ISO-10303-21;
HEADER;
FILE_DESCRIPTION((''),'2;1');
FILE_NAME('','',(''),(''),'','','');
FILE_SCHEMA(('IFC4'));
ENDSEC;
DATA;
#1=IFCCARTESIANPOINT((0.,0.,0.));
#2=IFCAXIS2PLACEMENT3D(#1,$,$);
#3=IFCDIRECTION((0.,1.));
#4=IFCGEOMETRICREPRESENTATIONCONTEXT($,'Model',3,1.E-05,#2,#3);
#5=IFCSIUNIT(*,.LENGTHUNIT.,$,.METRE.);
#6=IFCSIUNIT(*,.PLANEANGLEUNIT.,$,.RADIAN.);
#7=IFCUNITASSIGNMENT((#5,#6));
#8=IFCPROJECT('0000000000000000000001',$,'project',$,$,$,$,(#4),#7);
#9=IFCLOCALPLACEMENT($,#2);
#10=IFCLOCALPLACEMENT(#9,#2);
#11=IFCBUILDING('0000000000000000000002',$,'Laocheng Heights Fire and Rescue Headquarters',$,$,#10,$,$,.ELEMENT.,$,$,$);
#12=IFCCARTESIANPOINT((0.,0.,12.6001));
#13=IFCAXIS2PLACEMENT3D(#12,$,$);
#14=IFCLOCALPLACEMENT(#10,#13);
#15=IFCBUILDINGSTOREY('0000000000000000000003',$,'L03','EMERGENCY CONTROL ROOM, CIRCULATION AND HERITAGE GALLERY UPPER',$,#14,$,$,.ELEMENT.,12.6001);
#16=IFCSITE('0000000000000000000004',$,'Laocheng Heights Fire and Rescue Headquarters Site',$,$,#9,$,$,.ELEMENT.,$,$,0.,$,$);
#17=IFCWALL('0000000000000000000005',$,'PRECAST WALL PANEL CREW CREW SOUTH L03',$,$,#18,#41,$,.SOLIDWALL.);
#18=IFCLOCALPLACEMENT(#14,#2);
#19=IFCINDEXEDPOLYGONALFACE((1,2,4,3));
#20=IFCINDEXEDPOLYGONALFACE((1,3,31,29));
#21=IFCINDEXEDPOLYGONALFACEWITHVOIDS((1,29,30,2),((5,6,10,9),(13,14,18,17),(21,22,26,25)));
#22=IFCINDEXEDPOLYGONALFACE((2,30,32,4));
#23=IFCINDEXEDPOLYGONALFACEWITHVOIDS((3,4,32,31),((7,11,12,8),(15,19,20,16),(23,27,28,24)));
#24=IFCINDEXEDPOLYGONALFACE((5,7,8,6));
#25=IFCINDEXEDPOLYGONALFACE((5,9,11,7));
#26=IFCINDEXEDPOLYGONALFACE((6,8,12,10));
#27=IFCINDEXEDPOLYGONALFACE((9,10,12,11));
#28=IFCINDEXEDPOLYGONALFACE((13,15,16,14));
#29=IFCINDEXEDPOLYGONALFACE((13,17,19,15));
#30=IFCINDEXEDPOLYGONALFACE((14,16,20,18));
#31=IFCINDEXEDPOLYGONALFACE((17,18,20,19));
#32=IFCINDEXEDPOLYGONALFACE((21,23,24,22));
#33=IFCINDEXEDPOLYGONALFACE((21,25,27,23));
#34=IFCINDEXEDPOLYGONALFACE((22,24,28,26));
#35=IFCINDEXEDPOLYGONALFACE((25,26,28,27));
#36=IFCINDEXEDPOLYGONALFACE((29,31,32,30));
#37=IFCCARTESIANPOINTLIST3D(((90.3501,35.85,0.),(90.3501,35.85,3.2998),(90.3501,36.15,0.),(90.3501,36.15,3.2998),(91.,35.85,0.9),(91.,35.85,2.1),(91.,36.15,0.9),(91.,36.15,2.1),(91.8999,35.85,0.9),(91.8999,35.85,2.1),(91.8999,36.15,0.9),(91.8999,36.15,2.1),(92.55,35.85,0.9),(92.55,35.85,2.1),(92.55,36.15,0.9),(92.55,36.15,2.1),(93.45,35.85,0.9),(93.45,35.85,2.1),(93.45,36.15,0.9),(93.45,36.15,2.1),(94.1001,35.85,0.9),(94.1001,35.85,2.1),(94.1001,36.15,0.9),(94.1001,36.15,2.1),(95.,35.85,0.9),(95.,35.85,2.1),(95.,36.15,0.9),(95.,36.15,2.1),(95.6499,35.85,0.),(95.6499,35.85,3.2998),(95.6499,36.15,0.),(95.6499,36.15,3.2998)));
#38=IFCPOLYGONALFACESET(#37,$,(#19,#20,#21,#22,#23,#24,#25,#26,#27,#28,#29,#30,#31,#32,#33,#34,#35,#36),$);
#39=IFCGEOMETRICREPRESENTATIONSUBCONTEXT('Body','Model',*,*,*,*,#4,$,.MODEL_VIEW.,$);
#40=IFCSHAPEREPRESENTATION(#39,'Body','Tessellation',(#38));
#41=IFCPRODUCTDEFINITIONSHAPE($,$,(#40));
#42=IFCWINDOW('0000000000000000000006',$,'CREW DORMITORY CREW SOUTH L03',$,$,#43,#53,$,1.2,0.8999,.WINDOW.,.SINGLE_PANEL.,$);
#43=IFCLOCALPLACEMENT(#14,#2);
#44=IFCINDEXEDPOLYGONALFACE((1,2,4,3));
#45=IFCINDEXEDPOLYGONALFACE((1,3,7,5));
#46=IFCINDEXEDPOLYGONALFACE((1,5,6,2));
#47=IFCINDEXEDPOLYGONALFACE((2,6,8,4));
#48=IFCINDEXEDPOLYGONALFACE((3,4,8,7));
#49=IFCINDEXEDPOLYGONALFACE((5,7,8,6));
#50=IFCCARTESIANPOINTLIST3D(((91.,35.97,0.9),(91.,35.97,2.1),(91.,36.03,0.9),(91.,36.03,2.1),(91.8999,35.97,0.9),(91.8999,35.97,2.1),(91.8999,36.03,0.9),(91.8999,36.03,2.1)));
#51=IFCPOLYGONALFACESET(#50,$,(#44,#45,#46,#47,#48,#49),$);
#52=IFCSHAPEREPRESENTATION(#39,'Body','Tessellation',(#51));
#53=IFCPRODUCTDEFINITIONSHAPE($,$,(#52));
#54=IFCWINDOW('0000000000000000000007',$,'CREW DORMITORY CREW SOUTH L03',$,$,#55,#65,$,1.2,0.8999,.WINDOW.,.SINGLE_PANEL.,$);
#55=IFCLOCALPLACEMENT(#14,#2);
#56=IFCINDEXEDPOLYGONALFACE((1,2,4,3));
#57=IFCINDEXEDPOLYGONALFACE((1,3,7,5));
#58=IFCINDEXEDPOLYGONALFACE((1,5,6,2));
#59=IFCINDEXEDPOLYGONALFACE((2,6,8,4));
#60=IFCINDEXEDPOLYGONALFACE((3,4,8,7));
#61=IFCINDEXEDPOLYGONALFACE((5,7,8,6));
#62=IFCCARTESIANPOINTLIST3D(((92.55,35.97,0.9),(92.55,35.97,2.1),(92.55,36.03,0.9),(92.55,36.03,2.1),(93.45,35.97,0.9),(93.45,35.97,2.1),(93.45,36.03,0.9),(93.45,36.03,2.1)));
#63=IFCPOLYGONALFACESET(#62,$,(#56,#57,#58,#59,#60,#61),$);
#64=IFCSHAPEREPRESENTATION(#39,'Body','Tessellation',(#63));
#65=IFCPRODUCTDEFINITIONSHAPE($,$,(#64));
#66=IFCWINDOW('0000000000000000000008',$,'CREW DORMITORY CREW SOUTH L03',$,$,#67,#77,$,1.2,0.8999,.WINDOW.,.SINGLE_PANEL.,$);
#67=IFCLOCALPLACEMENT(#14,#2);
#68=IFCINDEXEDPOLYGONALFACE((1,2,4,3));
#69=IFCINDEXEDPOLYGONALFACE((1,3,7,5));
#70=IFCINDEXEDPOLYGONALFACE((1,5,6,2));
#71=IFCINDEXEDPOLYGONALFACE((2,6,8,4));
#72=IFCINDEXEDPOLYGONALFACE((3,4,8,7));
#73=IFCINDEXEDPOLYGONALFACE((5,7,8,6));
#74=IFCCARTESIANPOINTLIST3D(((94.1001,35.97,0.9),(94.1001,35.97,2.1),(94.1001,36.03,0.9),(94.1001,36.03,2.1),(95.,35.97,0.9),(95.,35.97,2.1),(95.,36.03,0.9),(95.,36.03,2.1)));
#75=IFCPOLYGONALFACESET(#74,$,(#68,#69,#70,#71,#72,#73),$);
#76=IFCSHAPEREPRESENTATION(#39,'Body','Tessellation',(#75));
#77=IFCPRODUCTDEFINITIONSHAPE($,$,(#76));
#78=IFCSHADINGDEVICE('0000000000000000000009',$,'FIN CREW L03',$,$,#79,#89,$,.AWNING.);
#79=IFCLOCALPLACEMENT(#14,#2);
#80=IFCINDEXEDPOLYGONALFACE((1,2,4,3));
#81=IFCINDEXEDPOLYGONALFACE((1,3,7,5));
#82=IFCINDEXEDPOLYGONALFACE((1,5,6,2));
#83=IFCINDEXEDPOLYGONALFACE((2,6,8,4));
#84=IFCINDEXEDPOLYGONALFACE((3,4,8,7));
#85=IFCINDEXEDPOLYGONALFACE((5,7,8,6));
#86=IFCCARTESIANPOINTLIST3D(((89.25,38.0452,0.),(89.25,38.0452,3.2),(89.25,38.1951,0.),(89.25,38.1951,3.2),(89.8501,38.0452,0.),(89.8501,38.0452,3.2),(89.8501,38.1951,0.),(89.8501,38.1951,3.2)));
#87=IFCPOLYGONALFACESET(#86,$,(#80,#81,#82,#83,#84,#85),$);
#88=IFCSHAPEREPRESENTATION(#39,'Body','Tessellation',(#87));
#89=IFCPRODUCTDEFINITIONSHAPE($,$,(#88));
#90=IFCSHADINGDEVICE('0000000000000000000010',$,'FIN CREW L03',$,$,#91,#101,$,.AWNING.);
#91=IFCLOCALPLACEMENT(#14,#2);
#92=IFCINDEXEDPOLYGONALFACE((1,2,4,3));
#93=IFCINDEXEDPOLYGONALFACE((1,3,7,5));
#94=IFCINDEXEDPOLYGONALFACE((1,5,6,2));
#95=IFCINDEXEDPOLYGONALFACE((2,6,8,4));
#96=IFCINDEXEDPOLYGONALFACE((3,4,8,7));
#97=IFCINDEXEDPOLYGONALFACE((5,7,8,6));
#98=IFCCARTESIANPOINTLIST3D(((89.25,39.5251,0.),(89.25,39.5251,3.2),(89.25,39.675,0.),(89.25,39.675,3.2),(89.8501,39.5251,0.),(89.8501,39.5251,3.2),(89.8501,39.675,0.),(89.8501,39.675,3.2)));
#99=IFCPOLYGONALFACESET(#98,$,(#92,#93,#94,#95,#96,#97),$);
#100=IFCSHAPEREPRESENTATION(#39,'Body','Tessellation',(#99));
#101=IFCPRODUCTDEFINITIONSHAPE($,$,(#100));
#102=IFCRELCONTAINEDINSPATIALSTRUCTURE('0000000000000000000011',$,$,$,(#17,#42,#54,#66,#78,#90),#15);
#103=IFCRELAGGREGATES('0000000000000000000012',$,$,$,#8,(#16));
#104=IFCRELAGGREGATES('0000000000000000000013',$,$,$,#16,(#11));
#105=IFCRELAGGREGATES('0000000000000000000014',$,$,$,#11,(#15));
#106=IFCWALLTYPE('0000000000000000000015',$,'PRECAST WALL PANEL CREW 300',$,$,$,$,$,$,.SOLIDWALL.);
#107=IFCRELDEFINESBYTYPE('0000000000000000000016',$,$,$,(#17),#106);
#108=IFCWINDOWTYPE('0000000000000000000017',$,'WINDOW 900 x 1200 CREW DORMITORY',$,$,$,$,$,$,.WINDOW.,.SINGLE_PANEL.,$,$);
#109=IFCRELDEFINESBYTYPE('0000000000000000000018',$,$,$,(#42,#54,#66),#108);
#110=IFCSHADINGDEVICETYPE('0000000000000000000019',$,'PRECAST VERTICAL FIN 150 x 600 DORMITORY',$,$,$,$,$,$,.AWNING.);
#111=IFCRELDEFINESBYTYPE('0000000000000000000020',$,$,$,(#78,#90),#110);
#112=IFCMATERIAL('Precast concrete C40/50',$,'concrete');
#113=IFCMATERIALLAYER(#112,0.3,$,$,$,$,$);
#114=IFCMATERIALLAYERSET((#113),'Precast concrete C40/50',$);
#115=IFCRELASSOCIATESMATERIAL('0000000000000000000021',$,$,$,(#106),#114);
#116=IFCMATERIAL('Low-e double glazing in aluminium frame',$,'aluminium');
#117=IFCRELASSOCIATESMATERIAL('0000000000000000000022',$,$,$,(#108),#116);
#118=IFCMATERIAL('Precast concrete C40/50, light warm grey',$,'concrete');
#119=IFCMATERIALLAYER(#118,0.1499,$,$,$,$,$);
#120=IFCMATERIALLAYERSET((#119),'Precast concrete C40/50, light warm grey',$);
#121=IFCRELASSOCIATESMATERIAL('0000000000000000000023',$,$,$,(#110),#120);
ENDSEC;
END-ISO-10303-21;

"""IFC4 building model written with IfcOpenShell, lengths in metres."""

from ifc_helpers import new_model, si_unit, direction, frame, frame_2d, origin, origin_2d, place, context, subcontext, project, spatial, rectangle, extrude, material, layer, layer_set, type_object, element, fill, save


model = new_model("IFC4")

# Units and contexts
model_context = context("Model", 3, precision=1e-05, world=origin(), true_north=direction((0.0, 1.0)))
body_context = subcontext(model_context, "Body", "Model", "MODEL_VIEW")
ifc_project = project(units=[si_unit("LENGTHUNIT", "METRE"), si_unit("PLANEANGLEUNIT", "RADIAN")], contexts=[model_context])

# Site, building, storey
site_placement = place(None, origin())
site = spatial("IfcSite", under=ifc_project, at=site_placement, Name="Laocheng Heights Fire and Rescue Headquarters Site", CompositionType="ELEMENT", RefElevation=0.0)
building_placement = place(site_placement, origin())
building = spatial("IfcBuilding", under=site, at=building_placement, Name="Laocheng Heights Fire and Rescue Headquarters", CompositionType="ELEMENT")
storey_placement = place(building_placement, frame((0.0, 0.0, 12.6001)))
storey = spatial("IfcBuildingStorey", under=building, at=storey_placement, Name="L03", Description="EMERGENCY CONTROL ROOM, CIRCULATION AND HERITAGE GALLERY UPPER", CompositionType="ELEMENT", Elevation=12.6001)

# Wall, openings, windows
ifc_material_1 = material(Name="Precast concrete C40/50", Category="concrete")
ifc_layer_1 = layer(ifc_material_1, 0.3)
ifc_layer_set_1 = layer_set([ifc_layer_1], Name="Precast concrete C40/50")
wall_type = type_object("IfcWallType", Name="PRECAST WALL PANEL CREW 300", PredefinedType="SOLIDWALL", material=ifc_layer_set_1)
ifc_material_2 = material(Name="Low-e double glazing in aluminium frame", Category="aluminium")
window_type = type_object("IfcWindowType", Name="WINDOW 900 x 1200 CREW DORMITORY", PartitioningType="SINGLE_PANEL", PredefinedType="WINDOW", material=ifc_material_2)
wall_1_placement = place(storey_placement, frame((90.3501, 36.0, 0.0), z_axis=(0.0, 0.0, 1.0), x_axis=(1.0, 0.0, 0.0)))
wall_1 = element("IfcWall", 1, at=wall_1_placement, inside=storey, type_object=wall_type, Name="PRECAST WALL PANEL CREW CREW SOUTH L03", PredefinedType="SOLIDWALL", context=body_context, shape_type="SweptSolid", body=[
    extrude(rectangle(XDim=5.2998, YDim=0.3, at=frame_2d((2.6499, 0.0))), origin(), (0.0, 0.0, 1.0), 3.2998),
])
opening_1_placement = place(wall_1_placement, frame((0.6499, 0.0, 0.8999)))
opening_1 = element("IfcOpeningElement", 2, at=opening_1_placement, cuts=wall_1, PredefinedType="OPENING", context=body_context, shape_type="SweptSolid", body=[
    extrude(rectangle(XDim=0.8999, YDim=1.2, at=frame_2d((0.45, 0.6001))), frame((0.0, 0.1599, 0.0), z_axis=(0.0, -1.0, 0.0), x_axis=(1.0, 0.0, 0.0)), (0.0, 0.0, 1.0), 0.3201),
])
opening_2_placement = place(wall_1_placement, frame((2.2, 0.0, 0.8999)))
opening_2 = element("IfcOpeningElement", 3, at=opening_2_placement, cuts=wall_1, PredefinedType="OPENING", context=body_context, shape_type="SweptSolid", body=[
    extrude(rectangle(XDim=0.8999, YDim=1.2, at=frame_2d((0.45, 0.6001))), frame((0.0, 0.1599, 0.0), z_axis=(0.0, -1.0, 0.0), x_axis=(1.0, 0.0, 0.0)), (0.0, 0.0, 1.0), 0.3201),
])
opening_3_placement = place(wall_1_placement, frame((3.75, 0.0, 0.8999)))
opening_3 = element("IfcOpeningElement", 4, at=opening_3_placement, cuts=wall_1, PredefinedType="OPENING", context=body_context, shape_type="SweptSolid", body=[
    extrude(rectangle(XDim=0.8999, YDim=1.2, at=frame_2d((0.45, 0.6001))), frame((0.0, 0.1599, 0.0), z_axis=(0.0, -1.0, 0.0), x_axis=(1.0, 0.0, 0.0)), (0.0, 0.0, 1.0), 0.3201),
])
window_1_placement = place(opening_1_placement, origin())
window_1 = element("IfcWindow", 5, at=window_1_placement, inside=storey, type_object=window_type, Name="CREW DORMITORY CREW SOUTH L03", OverallHeight=1.2, OverallWidth=0.8999, PartitioningType="SINGLE_PANEL", PredefinedType="WINDOW", context=body_context, shape_type="SweptSolid", body=[
    extrude(rectangle(XDim=0.8999, YDim=1.2, at=frame_2d((0.45, 0.6001))), frame((0.0, 0.03, 0.0), z_axis=(0.0, -1.0, 0.0), x_axis=(1.0, 0.0, 0.0)), (0.0, 0.0, 1.0), 0.0601),
])
fill(opening_1, window_1)
window_2_placement = place(opening_2_placement, origin())
window_2 = element("IfcWindow", 6, at=window_2_placement, inside=storey, type_object=window_type, Name="CREW DORMITORY CREW SOUTH L03", OverallHeight=1.2, OverallWidth=0.8999, PartitioningType="SINGLE_PANEL", PredefinedType="WINDOW", context=body_context, shape_type="SweptSolid", body=[
    extrude(rectangle(XDim=0.8999, YDim=1.2, at=frame_2d((0.45, 0.6001))), frame((0.0, 0.03, 0.0), z_axis=(0.0, -1.0, 0.0), x_axis=(1.0, 0.0, 0.0)), (0.0, 0.0, 1.0), 0.0601),
])
fill(opening_2, window_2)
window_3_placement = place(opening_3_placement, origin())
window_3 = element("IfcWindow", 7, at=window_3_placement, inside=storey, type_object=window_type, Name="CREW DORMITORY CREW SOUTH L03", OverallHeight=1.2, OverallWidth=0.8999, PartitioningType="SINGLE_PANEL", PredefinedType="WINDOW", context=body_context, shape_type="SweptSolid", body=[
    extrude(rectangle(XDim=0.8999, YDim=1.2, at=frame_2d((0.45, 0.6001))), frame((0.0, 0.03, 0.0), z_axis=(0.0, -1.0, 0.0), x_axis=(1.0, 0.0, 0.0)), (0.0, 0.0, 1.0), 0.0601),
])
fill(opening_3, window_3)

# Shading devices
ifc_material_3 = material(Name="Precast concrete C40/50, light warm grey", Category="concrete")
ifc_layer_2 = layer(ifc_material_3, 0.1499)
ifc_layer_set_2 = layer_set([ifc_layer_2], Name="Precast concrete C40/50, light warm grey")
shading_device_type = type_object("IfcShadingDeviceType", Name="PRECAST VERTICAL FIN 150 x 600 DORMITORY", PredefinedType="AWNING", material=ifc_layer_set_2)
for number, where, z_axis, x_axis, name in (
    (8, (89.55, 38.1201, 0.0), (0.0, 0.0, 1.0), (1.0, 0.0, 0.0), "FIN CREW L03"),
    (9, (89.55, 39.6001, 0.0), (0.0, 0.0, 1.0), (1.0, 0.0, 0.0), "FIN CREW L03"),
):
    element("IfcShadingDevice", number, at=place(storey_placement, frame(where, z_axis=z_axis, x_axis=x_axis)), inside=storey, type_object=shading_device_type, Name=name, PredefinedType="AWNING", context=body_context, shape_type="SweptSolid", body=[
        extrude(rectangle(XDim=0.6001, YDim=0.1499, at=origin_2d()), origin(), (0.0, 0.0, 1.0), 3.2),
    ])

save(model, "model.ifc")
